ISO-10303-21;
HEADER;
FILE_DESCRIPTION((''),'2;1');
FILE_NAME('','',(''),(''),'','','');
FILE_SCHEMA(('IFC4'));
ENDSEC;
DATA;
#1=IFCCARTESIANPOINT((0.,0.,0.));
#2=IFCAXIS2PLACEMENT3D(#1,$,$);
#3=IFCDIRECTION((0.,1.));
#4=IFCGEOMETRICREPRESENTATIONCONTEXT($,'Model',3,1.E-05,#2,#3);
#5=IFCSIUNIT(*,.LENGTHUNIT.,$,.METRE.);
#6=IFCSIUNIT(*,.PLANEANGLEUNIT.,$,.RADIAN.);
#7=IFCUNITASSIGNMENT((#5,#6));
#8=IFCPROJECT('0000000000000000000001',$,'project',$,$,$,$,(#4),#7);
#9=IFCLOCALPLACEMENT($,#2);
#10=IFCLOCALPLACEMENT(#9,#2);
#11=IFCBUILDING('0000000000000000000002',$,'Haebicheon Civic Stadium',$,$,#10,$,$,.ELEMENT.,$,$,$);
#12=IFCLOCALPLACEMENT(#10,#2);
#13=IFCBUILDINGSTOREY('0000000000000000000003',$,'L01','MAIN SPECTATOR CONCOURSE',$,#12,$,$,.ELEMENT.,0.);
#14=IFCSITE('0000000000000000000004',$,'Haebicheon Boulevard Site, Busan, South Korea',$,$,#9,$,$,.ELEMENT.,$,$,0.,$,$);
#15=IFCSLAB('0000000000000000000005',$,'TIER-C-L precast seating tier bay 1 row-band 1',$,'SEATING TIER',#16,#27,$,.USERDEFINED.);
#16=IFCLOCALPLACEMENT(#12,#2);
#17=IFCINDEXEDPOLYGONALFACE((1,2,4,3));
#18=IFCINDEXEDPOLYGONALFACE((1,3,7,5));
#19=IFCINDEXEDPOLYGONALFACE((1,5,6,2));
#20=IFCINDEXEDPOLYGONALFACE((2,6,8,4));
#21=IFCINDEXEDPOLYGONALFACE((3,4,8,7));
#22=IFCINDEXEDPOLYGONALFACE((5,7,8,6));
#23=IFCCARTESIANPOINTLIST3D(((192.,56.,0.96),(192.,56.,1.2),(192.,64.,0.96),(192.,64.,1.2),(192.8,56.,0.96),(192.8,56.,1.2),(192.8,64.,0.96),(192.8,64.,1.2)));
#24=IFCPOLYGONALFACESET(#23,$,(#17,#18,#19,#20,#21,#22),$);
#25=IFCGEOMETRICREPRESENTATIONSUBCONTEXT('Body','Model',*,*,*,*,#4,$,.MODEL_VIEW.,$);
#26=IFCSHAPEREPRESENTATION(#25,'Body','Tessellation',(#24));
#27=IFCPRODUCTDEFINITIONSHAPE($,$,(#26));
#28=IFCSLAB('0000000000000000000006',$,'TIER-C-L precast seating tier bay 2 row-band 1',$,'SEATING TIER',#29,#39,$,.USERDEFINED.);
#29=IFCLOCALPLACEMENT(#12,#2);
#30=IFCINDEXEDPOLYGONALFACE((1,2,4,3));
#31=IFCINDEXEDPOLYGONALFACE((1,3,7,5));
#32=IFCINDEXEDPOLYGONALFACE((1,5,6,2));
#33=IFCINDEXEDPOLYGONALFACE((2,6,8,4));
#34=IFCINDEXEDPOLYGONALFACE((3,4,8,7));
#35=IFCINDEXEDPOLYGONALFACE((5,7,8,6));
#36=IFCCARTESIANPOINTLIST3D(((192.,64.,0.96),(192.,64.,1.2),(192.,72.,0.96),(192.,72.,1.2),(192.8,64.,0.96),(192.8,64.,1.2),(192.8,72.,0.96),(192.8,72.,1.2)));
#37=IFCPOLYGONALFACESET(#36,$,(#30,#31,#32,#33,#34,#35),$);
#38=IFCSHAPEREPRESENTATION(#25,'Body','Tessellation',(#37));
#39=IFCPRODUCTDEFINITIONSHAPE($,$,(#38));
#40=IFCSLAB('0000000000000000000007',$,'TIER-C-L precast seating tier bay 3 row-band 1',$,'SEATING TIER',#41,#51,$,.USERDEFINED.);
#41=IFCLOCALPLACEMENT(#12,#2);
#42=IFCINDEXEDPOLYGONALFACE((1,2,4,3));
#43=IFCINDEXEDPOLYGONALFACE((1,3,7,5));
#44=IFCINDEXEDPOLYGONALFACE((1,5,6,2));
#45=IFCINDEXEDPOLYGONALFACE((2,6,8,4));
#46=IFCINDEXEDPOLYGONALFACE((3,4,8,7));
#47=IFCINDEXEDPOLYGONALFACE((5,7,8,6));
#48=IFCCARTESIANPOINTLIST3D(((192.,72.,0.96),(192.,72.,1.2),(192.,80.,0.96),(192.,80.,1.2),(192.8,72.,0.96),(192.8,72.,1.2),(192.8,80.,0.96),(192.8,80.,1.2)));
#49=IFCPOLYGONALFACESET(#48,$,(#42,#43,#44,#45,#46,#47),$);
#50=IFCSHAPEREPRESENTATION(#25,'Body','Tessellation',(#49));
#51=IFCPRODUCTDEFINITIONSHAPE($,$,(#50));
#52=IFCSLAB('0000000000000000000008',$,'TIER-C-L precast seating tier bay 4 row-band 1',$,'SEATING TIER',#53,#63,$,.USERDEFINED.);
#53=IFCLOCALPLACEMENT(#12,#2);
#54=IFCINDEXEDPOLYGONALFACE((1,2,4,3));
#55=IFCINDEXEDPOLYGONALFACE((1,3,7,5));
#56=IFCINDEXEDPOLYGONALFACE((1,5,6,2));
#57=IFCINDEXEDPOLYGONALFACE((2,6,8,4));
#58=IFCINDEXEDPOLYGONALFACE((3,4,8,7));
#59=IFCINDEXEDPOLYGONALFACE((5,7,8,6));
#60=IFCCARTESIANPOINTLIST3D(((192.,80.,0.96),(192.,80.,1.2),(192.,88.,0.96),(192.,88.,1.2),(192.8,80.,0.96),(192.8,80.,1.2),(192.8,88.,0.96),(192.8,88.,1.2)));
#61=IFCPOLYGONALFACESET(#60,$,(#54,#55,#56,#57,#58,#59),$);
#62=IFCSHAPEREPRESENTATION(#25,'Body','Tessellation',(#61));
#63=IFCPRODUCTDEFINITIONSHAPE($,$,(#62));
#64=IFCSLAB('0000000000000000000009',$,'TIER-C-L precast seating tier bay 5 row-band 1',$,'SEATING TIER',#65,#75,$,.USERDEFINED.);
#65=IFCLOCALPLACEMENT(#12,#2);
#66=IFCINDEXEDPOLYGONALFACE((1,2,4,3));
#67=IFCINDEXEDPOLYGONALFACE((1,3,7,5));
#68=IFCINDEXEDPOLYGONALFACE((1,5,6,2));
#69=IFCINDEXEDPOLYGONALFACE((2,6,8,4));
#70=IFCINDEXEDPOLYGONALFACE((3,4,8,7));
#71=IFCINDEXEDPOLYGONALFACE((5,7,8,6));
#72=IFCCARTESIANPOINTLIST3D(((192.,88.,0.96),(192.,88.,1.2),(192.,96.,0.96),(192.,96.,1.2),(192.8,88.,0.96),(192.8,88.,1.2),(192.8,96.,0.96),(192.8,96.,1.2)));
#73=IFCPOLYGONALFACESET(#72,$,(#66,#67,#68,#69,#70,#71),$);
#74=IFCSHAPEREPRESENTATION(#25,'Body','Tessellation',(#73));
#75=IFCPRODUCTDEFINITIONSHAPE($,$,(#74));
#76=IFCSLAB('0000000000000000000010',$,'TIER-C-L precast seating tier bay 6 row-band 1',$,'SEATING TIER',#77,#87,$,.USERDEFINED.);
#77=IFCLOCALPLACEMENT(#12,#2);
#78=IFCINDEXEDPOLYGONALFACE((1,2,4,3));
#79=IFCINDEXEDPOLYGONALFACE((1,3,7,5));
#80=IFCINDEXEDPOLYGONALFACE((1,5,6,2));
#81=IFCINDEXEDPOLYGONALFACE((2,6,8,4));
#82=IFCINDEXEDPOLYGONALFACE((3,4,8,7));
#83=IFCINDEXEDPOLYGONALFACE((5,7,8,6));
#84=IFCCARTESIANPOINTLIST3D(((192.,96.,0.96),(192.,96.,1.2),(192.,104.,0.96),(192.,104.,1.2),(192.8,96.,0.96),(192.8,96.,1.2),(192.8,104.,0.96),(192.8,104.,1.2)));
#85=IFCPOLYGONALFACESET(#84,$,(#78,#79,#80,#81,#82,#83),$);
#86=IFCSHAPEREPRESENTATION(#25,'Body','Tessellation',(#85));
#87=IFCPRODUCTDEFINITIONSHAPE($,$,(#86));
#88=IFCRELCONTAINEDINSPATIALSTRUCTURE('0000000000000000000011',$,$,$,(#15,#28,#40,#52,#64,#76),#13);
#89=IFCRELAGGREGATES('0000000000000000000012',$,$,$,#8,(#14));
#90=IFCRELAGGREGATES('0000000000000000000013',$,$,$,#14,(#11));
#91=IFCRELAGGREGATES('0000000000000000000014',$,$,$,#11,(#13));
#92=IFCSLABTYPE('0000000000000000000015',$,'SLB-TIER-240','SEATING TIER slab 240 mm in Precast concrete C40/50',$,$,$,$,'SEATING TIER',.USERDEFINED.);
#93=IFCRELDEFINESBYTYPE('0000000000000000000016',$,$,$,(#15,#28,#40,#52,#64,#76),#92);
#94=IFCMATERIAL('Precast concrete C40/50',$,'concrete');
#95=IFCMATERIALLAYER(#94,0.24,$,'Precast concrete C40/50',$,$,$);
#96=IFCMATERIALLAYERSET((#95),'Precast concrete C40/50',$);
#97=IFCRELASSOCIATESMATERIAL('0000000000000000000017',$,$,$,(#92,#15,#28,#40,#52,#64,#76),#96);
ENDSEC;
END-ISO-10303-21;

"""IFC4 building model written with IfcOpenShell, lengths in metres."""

from ifc_helpers import new_model, si_unit, direction, frame, origin, place, context, subcontext, project, spatial, polyline, outline, extrude, material, layer, layer_set, type_object, element, save


model = new_model("IFC4")

# Units and contexts
model_context = context("Model", 3, precision=1e-05, world=origin(), true_north=direction((0.0, 1.0)))
body_context = subcontext(model_context, "Body", "Model", "MODEL_VIEW")
ifc_project = project(units=[si_unit("LENGTHUNIT", "METRE"), si_unit("PLANEANGLEUNIT", "RADIAN")], contexts=[model_context])

# Site, building, storey
site_placement = place(None, origin())
site = spatial("IfcSite", under=ifc_project, at=site_placement, Name="Haebicheon Boulevard Site, Busan, South Korea", CompositionType="ELEMENT", RefElevation=0.0)
building_placement = place(site_placement, origin())
building = spatial("IfcBuilding", under=site, at=building_placement, Name="Haebicheon Civic Stadium", CompositionType="ELEMENT")
storey_placement = place(building_placement, origin())
storey = spatial("IfcBuildingStorey", under=building, at=storey_placement, Name="L01", Description="MAIN SPECTATOR CONCOURSE", CompositionType="ELEMENT", Elevation=0.0)

# Slabs
ifc_material = material(Name="Precast concrete C40/50", Category="concrete")
ifc_layer = layer(ifc_material, 0.24, Name="Precast concrete C40/50")
ifc_layer_set = layer_set([ifc_layer], Name="Precast concrete C40/50")
slab_type = type_object("IfcSlabType", Name="SLB-TIER-240", Description="SEATING TIER slab 240 mm in Precast concrete C40/50", ElementType="SEATING TIER", PredefinedType="USERDEFINED", material=ifc_layer_set)
slab_1_placement = place(storey_placement, frame((0.0, 0.0, 0.96)))
element("IfcSlab", 1, at=slab_1_placement, inside=storey, type_object=slab_type, material=ifc_layer_set, Name="TIER-C-L precast seating tier bay 1 row-band 1", ObjectType="SEATING TIER", PredefinedType="USERDEFINED", context=body_context, shape_type="SweptSolid", body=[
    extrude(outline(polyline([(192.0, 56.0), (192.8, 56.0), (192.8, 64.0), (192.0, 64.0), (192.0, 56.0)])), origin(), (0.0, 0.0, 1.0), 0.24),
])
slab_2_placement = place(storey_placement, frame((0.0, 0.0, 0.96)))
element("IfcSlab", 2, at=slab_2_placement, inside=storey, type_object=slab_type, material=ifc_layer_set, Name="TIER-C-L precast seating tier bay 2 row-band 1", ObjectType="SEATING TIER", PredefinedType="USERDEFINED", context=body_context, shape_type="SweptSolid", body=[
    extrude(outline(polyline([(192.0, 64.0), (192.8, 64.0), (192.8, 72.0), (192.0, 72.0), (192.0, 64.0)])), origin(), (0.0, 0.0, 1.0), 0.24),
])
slab_3_placement = place(storey_placement, frame((0.0, 0.0, 0.96)))
element("IfcSlab", 3, at=slab_3_placement, inside=storey, type_object=slab_type, material=ifc_layer_set, Name="TIER-C-L precast seating tier bay 3 row-band 1", ObjectType="SEATING TIER", PredefinedType="USERDEFINED", context=body_context, shape_type="SweptSolid", body=[
    extrude(outline(polyline([(192.0, 72.0), (192.8, 72.0), (192.8, 80.0), (192.0, 80.0), (192.0, 72.0)])), origin(), (0.0, 0.0, 1.0), 0.24),
])
slab_4_placement = place(storey_placement, frame((0.0, 0.0, 0.96)))
element("IfcSlab", 4, at=slab_4_placement, inside=storey, type_object=slab_type, material=ifc_layer_set, Name="TIER-C-L precast seating tier bay 4 row-band 1", ObjectType="SEATING TIER", PredefinedType="USERDEFINED", context=body_context, shape_type="SweptSolid", body=[
    extrude(outline(polyline([(192.0, 80.0), (192.8, 80.0), (192.8, 88.0), (192.0, 88.0), (192.0, 80.0)])), origin(), (0.0, 0.0, 1.0), 0.24),
])
slab_5_placement = place(storey_placement, frame((0.0, 0.0, 0.96)))
element("IfcSlab", 5, at=slab_5_placement, inside=storey, type_object=slab_type, material=ifc_layer_set, Name="TIER-C-L precast seating tier bay 5 row-band 1", ObjectType="SEATING TIER", PredefinedType="USERDEFINED", context=body_context, shape_type="SweptSolid", body=[
    extrude(outline(polyline([(192.0, 88.0), (192.8, 88.0), (192.8, 96.0), (192.0, 96.0), (192.0, 88.0)])), origin(), (0.0, 0.0, 1.0), 0.24),
])
slab_6_placement = place(storey_placement, frame((0.0, 0.0, 0.96)))
element("IfcSlab", 6, at=slab_6_placement, inside=storey, type_object=slab_type, material=ifc_layer_set, Name="TIER-C-L precast seating tier bay 6 row-band 1", ObjectType="SEATING TIER", PredefinedType="USERDEFINED", context=body_context, shape_type="SweptSolid", body=[
    extrude(outline(polyline([(192.0, 96.0), (192.8, 96.0), (192.8, 104.0), (192.0, 104.0), (192.0, 96.0)])), origin(), (0.0, 0.0, 1.0), 0.24),
])

save(model, "model.ifc")
